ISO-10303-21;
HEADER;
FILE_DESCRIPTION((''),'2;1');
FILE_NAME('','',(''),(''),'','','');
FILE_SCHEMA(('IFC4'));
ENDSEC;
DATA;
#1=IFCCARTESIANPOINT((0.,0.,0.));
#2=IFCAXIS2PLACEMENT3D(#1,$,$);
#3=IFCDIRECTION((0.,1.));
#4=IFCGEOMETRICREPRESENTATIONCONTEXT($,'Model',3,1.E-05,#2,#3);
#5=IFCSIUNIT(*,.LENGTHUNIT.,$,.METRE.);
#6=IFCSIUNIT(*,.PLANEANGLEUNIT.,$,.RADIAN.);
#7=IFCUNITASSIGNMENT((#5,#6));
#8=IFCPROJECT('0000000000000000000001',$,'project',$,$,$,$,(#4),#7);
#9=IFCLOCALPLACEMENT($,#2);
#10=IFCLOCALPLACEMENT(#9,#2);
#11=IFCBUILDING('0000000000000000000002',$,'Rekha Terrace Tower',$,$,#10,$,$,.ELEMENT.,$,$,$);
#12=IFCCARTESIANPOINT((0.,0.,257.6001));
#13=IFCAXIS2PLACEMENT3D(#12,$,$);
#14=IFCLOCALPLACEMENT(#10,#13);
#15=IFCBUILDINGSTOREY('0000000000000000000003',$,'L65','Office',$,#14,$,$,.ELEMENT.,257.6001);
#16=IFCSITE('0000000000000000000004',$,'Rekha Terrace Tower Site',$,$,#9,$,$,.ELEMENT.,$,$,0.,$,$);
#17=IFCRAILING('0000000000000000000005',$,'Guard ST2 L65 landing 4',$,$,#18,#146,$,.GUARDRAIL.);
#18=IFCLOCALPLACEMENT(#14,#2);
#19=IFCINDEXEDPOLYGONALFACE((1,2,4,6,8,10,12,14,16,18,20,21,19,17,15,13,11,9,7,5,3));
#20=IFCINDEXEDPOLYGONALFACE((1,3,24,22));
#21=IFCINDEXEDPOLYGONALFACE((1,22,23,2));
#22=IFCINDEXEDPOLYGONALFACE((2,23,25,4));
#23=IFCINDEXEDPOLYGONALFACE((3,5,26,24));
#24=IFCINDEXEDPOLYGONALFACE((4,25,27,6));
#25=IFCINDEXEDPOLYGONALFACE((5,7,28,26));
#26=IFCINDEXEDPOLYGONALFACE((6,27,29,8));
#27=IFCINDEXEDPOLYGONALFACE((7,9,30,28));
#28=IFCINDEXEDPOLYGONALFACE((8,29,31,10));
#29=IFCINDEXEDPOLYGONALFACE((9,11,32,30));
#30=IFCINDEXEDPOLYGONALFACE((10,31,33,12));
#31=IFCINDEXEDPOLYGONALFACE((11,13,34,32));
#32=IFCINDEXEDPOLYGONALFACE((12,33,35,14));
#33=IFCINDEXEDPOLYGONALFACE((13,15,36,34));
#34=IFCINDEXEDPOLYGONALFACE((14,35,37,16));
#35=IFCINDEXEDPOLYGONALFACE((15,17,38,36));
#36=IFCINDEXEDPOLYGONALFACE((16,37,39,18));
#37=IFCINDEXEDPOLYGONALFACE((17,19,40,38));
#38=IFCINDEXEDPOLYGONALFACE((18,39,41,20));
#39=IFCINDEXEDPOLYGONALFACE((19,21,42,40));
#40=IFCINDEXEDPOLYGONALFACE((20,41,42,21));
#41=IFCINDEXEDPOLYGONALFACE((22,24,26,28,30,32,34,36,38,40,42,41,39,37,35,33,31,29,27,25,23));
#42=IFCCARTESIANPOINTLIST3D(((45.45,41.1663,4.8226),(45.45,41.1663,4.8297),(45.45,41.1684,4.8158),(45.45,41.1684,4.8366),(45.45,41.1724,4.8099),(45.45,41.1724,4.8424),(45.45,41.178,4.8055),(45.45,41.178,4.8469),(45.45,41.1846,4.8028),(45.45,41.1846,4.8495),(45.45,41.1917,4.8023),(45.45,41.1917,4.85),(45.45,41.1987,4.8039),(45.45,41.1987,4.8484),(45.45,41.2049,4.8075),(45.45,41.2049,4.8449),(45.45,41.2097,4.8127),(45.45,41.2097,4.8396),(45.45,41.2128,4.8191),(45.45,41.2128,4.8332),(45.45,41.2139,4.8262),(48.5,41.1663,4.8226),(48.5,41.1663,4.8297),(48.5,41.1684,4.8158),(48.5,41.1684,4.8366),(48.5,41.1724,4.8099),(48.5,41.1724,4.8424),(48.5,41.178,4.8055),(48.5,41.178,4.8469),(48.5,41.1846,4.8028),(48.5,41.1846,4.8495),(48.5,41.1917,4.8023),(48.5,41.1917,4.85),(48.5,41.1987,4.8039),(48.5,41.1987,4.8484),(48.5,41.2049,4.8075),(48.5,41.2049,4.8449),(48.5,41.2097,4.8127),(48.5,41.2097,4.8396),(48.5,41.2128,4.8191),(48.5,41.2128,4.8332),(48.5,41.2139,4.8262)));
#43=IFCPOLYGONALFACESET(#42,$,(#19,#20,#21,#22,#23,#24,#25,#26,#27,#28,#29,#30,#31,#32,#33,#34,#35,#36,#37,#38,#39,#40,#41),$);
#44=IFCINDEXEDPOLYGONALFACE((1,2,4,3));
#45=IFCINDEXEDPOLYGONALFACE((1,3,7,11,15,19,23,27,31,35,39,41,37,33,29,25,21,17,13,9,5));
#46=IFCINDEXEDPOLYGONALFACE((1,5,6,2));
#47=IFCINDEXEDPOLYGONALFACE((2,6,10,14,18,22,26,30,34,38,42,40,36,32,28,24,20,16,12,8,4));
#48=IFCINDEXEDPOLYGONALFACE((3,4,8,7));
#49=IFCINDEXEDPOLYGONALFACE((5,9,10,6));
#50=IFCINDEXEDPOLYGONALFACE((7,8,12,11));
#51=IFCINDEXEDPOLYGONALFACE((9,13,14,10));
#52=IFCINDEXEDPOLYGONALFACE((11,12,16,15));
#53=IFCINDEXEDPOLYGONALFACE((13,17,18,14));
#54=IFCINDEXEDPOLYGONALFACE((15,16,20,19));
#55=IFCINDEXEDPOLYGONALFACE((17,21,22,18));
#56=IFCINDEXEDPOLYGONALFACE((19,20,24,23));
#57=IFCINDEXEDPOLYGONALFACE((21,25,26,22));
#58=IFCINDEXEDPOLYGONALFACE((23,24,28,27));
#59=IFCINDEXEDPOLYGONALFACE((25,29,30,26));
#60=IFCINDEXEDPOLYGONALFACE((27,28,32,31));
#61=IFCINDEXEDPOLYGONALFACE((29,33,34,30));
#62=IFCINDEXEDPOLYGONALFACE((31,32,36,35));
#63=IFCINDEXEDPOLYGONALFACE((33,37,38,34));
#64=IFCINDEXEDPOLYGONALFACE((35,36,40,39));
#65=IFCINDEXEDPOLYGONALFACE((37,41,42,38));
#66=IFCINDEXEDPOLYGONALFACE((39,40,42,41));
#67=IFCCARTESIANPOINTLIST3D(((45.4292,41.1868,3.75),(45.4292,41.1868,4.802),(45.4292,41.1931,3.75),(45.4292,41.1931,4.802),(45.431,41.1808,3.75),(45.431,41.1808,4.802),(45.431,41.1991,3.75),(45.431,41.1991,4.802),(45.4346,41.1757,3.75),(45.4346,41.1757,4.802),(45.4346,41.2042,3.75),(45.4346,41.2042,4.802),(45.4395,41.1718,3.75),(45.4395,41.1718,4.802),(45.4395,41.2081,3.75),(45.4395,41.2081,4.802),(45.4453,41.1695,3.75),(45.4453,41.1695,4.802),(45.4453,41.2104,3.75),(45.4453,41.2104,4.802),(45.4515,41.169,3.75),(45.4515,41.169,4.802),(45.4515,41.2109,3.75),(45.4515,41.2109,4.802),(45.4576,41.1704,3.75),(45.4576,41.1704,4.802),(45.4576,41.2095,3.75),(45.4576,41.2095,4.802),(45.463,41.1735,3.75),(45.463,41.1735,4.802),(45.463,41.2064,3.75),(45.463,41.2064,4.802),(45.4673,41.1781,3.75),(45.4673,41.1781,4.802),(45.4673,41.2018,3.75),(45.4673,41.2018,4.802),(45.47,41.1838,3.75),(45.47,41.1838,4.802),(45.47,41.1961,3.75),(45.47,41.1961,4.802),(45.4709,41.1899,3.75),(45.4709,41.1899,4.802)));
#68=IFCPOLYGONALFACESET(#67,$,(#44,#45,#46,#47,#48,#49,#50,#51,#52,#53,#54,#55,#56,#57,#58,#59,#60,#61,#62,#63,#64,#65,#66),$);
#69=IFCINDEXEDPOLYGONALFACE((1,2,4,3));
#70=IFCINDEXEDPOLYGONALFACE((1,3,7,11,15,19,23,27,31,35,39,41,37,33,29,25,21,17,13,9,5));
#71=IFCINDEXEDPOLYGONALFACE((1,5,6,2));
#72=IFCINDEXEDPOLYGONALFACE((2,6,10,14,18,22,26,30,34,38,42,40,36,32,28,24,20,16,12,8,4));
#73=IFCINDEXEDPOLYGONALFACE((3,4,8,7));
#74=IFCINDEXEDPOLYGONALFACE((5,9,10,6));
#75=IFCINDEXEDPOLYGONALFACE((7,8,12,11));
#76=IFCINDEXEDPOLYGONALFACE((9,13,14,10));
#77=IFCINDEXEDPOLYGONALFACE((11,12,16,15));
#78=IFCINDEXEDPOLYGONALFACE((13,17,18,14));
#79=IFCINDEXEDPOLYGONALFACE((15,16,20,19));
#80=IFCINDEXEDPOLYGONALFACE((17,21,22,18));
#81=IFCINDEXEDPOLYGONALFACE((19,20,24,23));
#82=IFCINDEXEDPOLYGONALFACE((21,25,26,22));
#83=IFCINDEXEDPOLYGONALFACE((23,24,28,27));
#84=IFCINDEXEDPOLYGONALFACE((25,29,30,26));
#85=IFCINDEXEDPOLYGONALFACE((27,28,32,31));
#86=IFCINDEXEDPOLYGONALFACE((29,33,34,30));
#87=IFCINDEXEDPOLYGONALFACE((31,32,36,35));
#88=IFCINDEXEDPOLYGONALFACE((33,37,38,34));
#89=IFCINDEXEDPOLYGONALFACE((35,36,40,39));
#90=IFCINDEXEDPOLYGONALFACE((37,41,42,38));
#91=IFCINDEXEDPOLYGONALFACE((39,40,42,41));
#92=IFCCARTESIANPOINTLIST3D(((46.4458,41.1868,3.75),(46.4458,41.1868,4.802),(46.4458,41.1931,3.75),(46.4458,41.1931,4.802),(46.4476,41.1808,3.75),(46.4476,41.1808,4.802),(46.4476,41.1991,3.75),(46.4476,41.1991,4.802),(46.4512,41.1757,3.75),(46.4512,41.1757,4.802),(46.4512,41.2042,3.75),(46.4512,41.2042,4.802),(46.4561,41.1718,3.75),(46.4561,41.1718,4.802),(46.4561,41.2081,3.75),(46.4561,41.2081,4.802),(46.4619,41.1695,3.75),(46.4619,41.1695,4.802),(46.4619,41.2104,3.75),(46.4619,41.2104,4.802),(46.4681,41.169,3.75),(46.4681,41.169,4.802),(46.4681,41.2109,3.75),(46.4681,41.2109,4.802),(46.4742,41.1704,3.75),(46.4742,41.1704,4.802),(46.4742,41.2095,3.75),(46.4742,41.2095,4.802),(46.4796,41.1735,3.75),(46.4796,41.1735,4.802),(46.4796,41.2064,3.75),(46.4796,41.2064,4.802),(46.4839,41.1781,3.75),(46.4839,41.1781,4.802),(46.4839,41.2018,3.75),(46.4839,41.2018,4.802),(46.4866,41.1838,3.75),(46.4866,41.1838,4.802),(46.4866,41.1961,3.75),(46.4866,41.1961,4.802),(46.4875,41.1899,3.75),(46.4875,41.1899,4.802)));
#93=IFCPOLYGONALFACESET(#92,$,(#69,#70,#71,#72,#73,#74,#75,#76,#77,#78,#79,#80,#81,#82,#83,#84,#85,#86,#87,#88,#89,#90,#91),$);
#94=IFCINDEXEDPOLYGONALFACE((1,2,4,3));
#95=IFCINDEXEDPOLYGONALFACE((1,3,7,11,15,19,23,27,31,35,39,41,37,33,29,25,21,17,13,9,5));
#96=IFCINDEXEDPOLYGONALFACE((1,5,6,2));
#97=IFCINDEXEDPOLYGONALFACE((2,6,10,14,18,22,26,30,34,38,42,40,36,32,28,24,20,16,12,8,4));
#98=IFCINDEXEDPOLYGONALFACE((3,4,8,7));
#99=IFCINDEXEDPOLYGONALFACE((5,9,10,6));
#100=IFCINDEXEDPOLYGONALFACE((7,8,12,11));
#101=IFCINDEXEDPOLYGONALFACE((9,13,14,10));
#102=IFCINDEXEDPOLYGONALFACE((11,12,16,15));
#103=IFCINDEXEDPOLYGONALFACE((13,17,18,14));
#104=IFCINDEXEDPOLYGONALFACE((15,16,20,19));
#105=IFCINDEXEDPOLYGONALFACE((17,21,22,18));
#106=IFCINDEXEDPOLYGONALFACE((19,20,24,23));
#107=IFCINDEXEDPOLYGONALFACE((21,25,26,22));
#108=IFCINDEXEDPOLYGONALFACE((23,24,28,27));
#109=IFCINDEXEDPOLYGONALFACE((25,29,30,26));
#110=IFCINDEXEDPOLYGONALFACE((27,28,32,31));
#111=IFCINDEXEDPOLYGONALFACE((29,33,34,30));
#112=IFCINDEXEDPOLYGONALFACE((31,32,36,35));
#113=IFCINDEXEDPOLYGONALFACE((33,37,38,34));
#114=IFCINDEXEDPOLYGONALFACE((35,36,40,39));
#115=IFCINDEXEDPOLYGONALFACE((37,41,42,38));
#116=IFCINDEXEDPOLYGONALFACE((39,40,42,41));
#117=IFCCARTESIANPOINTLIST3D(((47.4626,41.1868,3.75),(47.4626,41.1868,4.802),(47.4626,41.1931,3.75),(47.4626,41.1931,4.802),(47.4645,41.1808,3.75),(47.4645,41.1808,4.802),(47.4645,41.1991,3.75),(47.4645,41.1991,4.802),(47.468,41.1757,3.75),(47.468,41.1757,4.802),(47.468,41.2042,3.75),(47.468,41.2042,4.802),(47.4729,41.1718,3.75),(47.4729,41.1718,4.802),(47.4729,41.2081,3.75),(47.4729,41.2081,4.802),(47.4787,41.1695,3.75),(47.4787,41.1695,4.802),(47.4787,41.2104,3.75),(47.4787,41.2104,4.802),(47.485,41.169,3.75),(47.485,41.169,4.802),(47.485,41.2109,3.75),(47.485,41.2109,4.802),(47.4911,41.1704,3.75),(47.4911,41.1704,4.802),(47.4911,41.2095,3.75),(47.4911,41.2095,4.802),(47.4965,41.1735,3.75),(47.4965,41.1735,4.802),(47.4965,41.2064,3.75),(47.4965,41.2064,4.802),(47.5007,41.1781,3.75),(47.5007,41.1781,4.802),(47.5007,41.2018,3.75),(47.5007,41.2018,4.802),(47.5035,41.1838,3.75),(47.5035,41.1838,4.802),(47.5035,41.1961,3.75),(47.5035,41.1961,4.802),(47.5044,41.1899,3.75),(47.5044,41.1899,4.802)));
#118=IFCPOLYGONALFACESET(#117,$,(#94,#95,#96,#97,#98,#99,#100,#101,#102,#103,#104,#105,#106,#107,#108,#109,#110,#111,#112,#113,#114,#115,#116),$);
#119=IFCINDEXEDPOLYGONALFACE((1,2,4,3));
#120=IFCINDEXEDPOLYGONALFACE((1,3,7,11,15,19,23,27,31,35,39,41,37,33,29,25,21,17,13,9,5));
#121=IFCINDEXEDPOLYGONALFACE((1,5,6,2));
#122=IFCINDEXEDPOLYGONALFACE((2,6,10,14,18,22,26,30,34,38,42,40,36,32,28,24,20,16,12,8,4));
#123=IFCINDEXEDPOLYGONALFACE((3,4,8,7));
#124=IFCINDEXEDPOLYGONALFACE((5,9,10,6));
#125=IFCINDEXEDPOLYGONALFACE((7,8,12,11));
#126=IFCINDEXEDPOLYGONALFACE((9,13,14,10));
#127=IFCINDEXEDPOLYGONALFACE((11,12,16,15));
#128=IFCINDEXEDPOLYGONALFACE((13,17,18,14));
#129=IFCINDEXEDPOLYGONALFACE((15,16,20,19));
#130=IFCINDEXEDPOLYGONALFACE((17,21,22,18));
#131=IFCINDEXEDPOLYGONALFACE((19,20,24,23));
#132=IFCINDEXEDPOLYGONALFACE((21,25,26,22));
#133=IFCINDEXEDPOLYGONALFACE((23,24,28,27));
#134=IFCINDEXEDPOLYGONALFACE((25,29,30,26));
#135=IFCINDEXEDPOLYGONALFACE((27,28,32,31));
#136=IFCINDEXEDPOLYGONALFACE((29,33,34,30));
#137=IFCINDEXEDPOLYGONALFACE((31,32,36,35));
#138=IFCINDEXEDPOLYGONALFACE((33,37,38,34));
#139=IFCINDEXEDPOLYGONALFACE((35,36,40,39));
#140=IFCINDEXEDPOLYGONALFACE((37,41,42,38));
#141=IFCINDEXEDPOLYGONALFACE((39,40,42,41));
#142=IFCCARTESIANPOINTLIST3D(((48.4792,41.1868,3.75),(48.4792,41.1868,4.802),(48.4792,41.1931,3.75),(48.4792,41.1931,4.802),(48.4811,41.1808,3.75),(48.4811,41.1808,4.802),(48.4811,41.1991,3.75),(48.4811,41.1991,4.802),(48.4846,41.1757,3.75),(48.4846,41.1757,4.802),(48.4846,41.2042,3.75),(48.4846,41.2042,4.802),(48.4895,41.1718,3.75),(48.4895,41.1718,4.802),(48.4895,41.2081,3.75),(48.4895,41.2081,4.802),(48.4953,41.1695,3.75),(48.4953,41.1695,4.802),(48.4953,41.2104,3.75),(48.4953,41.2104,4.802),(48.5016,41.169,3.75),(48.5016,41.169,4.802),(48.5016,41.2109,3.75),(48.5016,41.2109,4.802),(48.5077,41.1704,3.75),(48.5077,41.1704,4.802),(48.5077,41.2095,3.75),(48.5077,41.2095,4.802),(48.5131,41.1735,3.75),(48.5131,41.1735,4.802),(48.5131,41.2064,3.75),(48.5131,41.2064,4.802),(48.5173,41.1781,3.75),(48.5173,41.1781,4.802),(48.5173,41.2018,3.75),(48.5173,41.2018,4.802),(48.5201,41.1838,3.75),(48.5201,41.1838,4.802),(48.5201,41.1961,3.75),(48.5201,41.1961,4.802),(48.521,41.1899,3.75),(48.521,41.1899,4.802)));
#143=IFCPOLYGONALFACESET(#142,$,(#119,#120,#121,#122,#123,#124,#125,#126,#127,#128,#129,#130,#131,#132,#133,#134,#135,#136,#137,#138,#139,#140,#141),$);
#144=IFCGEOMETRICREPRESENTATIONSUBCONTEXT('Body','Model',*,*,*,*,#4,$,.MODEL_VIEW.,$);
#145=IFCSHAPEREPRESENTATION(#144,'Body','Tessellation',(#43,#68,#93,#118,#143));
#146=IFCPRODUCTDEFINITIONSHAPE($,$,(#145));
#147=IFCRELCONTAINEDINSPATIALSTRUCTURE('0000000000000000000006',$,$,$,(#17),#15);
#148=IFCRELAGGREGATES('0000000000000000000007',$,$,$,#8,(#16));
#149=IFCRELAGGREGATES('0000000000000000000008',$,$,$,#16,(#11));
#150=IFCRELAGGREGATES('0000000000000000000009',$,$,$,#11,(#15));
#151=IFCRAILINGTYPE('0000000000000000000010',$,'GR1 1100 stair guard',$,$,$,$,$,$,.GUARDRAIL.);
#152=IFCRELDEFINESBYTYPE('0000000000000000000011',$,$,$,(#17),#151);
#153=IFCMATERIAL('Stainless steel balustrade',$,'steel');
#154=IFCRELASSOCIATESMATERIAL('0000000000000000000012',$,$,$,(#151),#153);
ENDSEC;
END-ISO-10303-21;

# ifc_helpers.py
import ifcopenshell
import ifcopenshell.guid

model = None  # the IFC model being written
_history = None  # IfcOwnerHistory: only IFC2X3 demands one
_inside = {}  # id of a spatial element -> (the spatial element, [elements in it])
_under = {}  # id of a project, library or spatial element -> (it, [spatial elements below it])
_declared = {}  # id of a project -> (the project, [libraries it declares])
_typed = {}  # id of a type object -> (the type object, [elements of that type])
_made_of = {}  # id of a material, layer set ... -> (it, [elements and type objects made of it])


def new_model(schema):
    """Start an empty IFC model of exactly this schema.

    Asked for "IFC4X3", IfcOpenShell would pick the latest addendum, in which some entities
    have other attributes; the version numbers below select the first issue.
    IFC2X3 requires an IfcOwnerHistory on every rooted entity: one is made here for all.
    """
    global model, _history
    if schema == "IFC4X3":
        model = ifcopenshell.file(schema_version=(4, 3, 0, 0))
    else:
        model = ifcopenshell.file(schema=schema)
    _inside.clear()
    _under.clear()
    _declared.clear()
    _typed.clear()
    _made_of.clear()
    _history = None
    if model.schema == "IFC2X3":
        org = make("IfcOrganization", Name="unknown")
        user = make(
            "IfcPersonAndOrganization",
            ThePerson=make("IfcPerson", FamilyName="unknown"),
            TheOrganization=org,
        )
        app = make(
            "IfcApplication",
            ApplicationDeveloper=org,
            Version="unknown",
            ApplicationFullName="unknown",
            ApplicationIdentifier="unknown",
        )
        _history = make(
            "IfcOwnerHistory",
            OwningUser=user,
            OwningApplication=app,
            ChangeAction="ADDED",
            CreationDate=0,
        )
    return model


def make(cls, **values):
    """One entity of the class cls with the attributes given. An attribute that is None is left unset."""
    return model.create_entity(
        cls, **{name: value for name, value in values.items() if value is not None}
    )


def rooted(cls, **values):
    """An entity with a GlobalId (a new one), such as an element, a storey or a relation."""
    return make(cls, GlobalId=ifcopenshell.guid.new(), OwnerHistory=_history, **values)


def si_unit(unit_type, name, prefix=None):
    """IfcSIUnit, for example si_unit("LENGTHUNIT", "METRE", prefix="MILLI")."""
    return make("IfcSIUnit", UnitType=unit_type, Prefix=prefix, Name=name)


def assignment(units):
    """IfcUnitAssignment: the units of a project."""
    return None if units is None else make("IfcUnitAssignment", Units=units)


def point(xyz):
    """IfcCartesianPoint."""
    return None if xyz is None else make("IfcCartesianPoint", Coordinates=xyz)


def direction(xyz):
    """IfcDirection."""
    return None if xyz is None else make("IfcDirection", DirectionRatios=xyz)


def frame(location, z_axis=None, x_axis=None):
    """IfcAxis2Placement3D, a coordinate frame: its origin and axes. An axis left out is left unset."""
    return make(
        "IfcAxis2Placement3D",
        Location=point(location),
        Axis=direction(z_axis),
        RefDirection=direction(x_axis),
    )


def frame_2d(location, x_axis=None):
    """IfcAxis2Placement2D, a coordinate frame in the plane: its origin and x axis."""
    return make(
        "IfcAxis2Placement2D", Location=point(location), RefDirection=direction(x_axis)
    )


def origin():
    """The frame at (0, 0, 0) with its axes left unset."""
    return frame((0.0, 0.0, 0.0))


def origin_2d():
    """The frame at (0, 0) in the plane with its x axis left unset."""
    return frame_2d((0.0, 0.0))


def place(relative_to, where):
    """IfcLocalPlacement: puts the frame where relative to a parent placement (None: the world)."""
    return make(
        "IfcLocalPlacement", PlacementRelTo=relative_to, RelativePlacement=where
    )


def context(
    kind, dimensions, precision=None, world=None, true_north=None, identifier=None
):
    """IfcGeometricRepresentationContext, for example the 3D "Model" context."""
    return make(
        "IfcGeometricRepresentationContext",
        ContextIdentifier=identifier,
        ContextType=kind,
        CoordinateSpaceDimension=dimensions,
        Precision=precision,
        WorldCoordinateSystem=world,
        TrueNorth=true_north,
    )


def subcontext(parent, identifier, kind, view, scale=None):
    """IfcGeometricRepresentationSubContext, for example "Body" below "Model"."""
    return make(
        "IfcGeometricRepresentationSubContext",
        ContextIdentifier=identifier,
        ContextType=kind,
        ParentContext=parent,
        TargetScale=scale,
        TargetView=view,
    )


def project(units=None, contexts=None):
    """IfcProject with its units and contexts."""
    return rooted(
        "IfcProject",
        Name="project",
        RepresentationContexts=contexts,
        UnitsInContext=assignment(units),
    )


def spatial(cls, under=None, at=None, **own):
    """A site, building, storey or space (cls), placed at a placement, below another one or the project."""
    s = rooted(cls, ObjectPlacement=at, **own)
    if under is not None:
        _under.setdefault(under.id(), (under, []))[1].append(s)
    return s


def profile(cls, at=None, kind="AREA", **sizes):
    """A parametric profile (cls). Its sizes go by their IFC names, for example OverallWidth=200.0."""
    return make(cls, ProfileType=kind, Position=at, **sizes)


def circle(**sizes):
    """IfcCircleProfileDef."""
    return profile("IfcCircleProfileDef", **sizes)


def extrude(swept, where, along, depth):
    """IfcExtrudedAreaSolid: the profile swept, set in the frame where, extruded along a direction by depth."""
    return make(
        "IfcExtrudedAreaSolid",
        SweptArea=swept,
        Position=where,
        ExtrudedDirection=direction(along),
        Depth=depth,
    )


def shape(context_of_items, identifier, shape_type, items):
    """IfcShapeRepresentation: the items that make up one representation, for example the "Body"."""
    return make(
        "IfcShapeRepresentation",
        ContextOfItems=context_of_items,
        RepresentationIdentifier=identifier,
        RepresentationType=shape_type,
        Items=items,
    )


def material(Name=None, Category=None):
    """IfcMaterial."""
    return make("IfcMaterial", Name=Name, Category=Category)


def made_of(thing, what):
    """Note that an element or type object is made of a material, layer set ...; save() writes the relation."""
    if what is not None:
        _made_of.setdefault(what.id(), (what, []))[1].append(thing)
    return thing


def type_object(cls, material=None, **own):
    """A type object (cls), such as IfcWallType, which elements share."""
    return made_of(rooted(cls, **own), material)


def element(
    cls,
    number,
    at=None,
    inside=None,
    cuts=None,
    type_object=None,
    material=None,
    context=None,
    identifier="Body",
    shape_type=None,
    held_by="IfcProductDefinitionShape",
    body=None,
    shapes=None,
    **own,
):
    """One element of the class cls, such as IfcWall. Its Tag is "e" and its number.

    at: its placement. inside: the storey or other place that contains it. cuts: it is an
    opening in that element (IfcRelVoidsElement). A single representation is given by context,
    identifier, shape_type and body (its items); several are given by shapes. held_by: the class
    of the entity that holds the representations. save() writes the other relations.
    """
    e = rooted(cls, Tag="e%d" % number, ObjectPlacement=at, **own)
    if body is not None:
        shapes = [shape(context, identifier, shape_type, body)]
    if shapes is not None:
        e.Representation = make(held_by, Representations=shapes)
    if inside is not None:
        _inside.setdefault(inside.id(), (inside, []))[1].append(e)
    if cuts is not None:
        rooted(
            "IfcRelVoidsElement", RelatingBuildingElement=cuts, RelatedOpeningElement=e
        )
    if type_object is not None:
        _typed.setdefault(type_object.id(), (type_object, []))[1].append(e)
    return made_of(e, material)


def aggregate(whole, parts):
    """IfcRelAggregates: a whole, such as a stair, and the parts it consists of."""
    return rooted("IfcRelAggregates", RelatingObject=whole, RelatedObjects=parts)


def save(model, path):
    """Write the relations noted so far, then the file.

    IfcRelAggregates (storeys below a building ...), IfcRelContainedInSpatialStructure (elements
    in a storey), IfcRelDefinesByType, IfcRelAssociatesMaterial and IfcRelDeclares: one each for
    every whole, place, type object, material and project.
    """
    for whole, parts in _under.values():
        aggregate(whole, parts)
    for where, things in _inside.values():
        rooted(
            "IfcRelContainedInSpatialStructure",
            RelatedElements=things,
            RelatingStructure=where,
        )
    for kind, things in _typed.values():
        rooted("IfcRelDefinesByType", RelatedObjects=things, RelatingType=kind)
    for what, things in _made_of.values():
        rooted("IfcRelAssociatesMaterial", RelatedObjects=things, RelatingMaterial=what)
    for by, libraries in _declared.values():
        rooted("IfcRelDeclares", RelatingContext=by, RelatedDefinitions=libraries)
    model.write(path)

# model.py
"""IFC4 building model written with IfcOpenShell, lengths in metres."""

from ifc_helpers import new_model, si_unit, direction, frame, origin, origin_2d, place, context, subcontext, project, spatial, circle, extrude, material, type_object, element, save


model = new_model("IFC4")

# Units and contexts
model_context = context("Model", 3, precision=1e-05, world=origin(), true_north=direction((0.0, 1.0)))
body_context = subcontext(model_context, "Body", "Model", "MODEL_VIEW")
ifc_project = project(units=[si_unit("LENGTHUNIT", "METRE"), si_unit("PLANEANGLEUNIT", "RADIAN")], contexts=[model_context])

# Site, building, storey
site_placement = place(None, origin())
site = spatial("IfcSite", under=ifc_project, at=site_placement, Name="Rekha Terrace Tower Site", CompositionType="ELEMENT", RefElevation=0.0)
building_placement = place(site_placement, origin())
building = spatial("IfcBuilding", under=site, at=building_placement, Name="Rekha Terrace Tower", CompositionType="ELEMENT")
storey_placement = place(building_placement, frame((0.0, 0.0, 257.6001)))
storey = spatial("IfcBuildingStorey", under=building, at=storey_placement, Name="L65", Description="Office", CompositionType="ELEMENT", Elevation=257.6001)

# Railing
ifc_material_1 = material(Name="Stainless steel balustrade", Category="steel")
railing_type_1 = type_object("IfcRailingType", Name="GR1 1100 stair guard", PredefinedType="GUARDRAIL", material=ifc_material_1)
railing_1_placement = place(storey_placement, frame((45.45, 41.1899, 3.75)))
element("IfcRailing", 1, at=railing_1_placement, inside=storey, type_object=railing_type_1, Name="Guard ST2 L65 landing 4", PredefinedType="GUARDRAIL", context=body_context, shape_type="SweptSolid", body=[
    extrude(circle(Radius=0.0239, at=origin_2d()), frame((0.0, 0.0, 1.0762), z_axis=(1.0, 0.0, 0.0), x_axis=(0.0, 1.0, 0.0)), (0.0, 0.0, 1.0), 3.05),
    extrude(circle(Radius=0.021, at=origin_2d()), origin(), (0.0, 0.0, 1.0), 1.052),
    extrude(circle(Radius=0.021, at=origin_2d()), frame((1.0166, 0.0, 0.0)), (0.0, 0.0, 1.0), 1.052),
    extrude(circle(Radius=0.021, at=origin_2d()), frame((2.0334, 0.0, 0.0)), (0.0, 0.0, 1.0), 1.052),
    extrude(circle(Radius=0.021, at=origin_2d()), frame((3.05, 0.0, 0.0)), (0.0, 0.0, 1.0), 1.052),
])

save(model, "model.ifc")
